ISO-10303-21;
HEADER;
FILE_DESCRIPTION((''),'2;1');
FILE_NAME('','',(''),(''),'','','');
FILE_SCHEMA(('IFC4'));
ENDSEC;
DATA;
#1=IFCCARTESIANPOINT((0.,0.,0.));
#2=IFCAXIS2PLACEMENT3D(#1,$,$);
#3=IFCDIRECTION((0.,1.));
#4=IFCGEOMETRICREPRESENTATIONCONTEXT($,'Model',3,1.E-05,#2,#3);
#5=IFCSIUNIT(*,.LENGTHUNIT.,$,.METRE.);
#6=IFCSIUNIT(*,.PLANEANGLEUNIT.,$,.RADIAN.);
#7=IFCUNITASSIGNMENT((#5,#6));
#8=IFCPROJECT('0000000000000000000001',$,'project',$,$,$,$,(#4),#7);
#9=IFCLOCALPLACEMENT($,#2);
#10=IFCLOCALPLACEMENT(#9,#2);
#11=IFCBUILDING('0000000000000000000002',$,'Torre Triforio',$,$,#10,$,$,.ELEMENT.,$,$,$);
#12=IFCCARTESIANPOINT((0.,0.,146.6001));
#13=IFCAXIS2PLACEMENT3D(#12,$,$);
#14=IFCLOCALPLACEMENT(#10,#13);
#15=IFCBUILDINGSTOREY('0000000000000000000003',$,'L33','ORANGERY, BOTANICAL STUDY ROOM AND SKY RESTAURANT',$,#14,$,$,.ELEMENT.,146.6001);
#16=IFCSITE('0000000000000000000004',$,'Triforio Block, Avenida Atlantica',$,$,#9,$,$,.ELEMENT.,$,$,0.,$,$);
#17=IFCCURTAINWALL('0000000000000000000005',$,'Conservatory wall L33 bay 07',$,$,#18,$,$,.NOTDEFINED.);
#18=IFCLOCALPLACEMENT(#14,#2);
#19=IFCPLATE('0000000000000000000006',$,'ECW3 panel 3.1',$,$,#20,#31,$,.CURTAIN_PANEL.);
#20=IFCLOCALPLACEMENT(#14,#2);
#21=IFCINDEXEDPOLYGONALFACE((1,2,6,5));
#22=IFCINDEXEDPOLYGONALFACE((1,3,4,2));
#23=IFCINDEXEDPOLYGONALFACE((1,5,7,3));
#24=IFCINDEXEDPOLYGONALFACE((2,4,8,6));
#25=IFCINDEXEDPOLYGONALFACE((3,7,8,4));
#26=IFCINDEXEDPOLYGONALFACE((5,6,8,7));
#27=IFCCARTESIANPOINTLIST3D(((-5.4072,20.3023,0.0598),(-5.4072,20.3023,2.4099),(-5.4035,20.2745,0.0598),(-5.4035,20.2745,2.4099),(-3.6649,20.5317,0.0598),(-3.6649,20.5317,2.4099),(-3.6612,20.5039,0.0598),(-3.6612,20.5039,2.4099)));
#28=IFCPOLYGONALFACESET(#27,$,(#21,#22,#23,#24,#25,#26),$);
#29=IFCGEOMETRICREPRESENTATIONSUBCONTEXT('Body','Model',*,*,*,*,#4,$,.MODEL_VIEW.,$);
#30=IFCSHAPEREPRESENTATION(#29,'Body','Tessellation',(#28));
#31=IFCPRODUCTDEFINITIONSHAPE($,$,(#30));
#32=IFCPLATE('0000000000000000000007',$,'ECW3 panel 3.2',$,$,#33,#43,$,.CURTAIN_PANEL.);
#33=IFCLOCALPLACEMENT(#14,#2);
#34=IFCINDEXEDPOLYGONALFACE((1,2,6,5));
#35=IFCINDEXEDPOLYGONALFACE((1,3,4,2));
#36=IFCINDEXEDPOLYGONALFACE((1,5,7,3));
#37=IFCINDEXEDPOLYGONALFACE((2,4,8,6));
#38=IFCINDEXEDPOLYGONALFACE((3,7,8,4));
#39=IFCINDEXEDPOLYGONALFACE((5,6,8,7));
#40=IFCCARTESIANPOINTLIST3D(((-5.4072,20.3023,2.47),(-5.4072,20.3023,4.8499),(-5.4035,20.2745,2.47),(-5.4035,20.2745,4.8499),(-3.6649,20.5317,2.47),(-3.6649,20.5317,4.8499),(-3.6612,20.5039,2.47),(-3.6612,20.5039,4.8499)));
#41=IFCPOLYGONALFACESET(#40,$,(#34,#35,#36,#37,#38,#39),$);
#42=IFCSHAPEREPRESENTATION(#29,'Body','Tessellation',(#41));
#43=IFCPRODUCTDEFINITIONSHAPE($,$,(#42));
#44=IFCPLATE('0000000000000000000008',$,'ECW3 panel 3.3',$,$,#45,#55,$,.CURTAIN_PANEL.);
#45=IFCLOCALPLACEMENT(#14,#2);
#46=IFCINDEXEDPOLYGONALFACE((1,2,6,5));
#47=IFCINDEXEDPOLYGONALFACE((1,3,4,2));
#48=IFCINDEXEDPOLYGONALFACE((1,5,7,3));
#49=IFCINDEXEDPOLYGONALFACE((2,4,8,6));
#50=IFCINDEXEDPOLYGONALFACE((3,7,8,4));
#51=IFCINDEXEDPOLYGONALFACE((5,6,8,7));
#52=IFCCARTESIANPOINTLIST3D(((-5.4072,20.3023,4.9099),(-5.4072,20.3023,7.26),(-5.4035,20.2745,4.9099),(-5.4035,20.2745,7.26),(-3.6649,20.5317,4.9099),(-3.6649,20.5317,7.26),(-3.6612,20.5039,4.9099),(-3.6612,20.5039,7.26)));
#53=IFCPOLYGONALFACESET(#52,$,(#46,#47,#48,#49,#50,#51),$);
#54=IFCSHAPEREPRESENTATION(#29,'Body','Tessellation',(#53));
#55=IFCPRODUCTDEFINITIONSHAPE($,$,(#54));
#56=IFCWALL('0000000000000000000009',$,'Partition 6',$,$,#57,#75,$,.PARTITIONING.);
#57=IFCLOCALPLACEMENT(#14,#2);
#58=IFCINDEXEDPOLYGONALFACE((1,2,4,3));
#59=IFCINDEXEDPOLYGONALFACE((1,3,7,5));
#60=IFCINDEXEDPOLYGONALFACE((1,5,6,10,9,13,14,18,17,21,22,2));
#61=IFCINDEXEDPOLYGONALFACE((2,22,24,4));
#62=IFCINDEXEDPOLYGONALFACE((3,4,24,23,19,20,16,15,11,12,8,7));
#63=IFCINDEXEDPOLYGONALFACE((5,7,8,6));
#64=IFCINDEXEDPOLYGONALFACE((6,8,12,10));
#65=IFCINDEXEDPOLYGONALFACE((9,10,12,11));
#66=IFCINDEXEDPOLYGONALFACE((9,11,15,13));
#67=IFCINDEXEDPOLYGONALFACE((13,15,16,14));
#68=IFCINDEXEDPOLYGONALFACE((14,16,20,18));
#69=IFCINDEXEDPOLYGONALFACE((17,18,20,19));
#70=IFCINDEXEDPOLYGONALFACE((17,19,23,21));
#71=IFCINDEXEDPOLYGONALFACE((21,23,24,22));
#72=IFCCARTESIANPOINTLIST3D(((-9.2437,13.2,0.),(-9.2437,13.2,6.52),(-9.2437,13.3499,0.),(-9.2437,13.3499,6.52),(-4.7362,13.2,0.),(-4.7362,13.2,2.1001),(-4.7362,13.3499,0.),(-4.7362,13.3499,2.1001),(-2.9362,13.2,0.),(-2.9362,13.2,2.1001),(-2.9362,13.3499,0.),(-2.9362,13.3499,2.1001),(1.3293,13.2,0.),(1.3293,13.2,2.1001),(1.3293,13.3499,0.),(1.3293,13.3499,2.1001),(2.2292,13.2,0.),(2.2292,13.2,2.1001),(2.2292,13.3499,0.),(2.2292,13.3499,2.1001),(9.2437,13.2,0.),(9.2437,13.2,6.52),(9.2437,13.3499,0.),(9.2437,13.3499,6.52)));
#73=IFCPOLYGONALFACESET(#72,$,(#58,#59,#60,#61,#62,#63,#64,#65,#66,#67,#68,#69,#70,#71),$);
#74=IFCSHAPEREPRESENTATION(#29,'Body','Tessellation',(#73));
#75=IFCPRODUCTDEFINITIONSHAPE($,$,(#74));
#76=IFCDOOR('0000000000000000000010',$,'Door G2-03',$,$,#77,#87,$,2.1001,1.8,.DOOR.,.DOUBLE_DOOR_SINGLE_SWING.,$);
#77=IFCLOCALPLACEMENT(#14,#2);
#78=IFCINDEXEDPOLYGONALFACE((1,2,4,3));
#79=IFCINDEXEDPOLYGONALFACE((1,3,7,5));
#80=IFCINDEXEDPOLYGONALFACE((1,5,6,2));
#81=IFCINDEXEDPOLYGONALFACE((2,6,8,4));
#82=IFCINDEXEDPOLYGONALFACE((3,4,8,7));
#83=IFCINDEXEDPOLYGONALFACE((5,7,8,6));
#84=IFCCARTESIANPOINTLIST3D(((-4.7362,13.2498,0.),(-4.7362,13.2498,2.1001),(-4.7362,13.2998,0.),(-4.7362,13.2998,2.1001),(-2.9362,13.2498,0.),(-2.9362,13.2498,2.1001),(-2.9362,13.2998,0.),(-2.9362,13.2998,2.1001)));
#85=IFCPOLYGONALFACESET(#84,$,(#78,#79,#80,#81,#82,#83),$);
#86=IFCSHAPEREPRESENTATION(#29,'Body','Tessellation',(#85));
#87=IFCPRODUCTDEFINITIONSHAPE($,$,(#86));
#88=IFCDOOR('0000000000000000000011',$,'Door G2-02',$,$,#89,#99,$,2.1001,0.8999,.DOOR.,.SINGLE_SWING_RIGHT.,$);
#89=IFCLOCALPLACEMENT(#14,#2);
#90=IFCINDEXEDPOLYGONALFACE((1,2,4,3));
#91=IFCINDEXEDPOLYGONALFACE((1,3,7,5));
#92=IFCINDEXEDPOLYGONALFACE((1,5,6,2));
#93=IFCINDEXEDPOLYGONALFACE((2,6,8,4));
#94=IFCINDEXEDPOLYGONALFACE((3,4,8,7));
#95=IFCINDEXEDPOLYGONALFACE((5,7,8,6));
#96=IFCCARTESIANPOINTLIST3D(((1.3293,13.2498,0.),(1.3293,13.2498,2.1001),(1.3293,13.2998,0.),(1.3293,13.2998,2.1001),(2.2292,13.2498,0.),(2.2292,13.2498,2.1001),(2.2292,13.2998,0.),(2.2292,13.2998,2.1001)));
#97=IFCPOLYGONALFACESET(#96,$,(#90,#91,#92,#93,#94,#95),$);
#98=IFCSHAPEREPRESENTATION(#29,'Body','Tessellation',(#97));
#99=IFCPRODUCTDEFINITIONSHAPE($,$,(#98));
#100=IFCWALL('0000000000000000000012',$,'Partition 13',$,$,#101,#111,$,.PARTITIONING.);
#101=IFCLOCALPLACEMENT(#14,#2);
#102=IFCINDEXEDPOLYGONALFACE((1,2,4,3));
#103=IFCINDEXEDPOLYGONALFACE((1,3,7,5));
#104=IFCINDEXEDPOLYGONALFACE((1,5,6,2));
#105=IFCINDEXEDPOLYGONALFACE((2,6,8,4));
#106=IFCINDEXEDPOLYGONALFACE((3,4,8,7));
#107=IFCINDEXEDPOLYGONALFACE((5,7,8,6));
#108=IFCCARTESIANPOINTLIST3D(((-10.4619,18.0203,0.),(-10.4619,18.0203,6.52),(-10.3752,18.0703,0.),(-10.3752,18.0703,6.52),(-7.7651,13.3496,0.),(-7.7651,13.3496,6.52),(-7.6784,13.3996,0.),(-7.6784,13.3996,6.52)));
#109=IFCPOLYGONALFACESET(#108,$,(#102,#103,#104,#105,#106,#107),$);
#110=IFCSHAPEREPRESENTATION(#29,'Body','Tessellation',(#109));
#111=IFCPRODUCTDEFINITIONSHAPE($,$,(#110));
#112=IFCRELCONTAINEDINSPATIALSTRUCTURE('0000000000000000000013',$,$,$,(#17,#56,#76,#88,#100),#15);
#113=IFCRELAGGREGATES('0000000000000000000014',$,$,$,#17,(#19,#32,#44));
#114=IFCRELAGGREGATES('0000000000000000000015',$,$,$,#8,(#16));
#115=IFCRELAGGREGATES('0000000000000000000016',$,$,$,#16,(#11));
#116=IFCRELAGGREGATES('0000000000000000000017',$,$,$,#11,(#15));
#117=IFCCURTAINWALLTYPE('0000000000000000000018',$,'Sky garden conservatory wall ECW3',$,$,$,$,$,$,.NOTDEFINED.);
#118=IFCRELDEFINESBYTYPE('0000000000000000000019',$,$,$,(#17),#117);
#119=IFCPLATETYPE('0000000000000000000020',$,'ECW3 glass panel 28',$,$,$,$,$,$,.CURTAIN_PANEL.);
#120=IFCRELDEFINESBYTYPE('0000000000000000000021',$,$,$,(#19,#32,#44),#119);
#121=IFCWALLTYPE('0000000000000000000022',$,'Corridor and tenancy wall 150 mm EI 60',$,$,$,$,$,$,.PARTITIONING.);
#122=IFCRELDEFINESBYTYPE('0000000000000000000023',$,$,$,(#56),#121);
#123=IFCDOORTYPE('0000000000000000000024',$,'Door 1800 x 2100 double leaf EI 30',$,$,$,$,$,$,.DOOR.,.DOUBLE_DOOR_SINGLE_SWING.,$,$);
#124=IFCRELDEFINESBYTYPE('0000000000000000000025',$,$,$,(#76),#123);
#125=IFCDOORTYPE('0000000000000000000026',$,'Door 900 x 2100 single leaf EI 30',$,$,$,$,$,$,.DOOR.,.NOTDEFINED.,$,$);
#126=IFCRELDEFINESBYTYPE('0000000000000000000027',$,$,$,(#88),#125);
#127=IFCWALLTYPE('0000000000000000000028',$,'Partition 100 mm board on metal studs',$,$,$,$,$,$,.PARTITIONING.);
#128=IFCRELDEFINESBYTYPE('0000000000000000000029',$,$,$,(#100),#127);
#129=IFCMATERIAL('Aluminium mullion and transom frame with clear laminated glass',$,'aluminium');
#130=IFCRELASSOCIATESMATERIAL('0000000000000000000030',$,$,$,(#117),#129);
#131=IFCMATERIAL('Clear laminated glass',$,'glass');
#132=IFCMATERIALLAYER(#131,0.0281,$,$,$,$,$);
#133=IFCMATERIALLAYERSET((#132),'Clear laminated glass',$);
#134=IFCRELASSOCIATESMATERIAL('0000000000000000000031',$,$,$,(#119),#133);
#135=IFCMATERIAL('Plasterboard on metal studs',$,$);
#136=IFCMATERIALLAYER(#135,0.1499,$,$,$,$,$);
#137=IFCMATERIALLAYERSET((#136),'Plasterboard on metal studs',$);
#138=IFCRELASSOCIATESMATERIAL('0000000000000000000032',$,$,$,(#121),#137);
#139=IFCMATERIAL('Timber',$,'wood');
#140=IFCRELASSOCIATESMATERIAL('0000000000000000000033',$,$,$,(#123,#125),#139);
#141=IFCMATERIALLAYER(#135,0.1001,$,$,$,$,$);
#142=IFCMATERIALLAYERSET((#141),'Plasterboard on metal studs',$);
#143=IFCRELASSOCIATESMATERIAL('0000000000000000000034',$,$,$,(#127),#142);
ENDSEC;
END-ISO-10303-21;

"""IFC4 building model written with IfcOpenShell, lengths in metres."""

from ifc_helpers import new_model, si_unit, direction, frame, frame_2d, origin, origin_2d, place, context, subcontext, project, spatial, rectangle, extrude, material, layer, layer_set, type_object, element, fill, aggregate, save


model = new_model("IFC4")

# Units and contexts
model_context = context("Model", 3, precision=1e-05, world=origin(), true_north=direction((0.0, 1.0)))
body_context = subcontext(model_context, "Body", "Model", "MODEL_VIEW")
ifc_project = project(units=[si_unit("LENGTHUNIT", "METRE"), si_unit("PLANEANGLEUNIT", "RADIAN")], contexts=[model_context])

# Site, building, storey
site_placement = place(None, origin())
site = spatial("IfcSite", under=ifc_project, at=site_placement, Name="Triforio Block, Avenida Atlantica", CompositionType="ELEMENT", RefElevation=0.0)
building_placement = place(site_placement, origin())
building = spatial("IfcBuilding", under=site, at=building_placement, Name="Torre Triforio", CompositionType="ELEMENT")
storey_placement = place(building_placement, frame((0.0, 0.0, 146.6001)))
storey = spatial("IfcBuildingStorey", under=building, at=storey_placement, Name="L33", Description="ORANGERY, BOTANICAL STUDY ROOM AND SKY RESTAURANT", CompositionType="ELEMENT", Elevation=146.6001)

# Curtain wall
ifc_material_1 = material(Name="Aluminium mullion and transom frame with clear laminated glass", Category="aluminium")
curtain_wall_type = type_object("IfcCurtainWallType", Name="Sky garden conservatory wall ECW3", PredefinedType="NOTDEFINED", material=ifc_material_1)
curtain_wall_1_placement = place(storey_placement, origin())
curtain_wall_1 = element("IfcCurtainWall", 1, at=curtain_wall_1_placement, inside=storey, type_object=curtain_wall_type, Name="Conservatory wall L33 bay 07", PredefinedType="NOTDEFINED")

# Plates
ifc_material_2 = material(Name="Clear laminated glass", Category="glass")
ifc_layer_1 = layer(ifc_material_2, 0.0281)
ifc_layer_set_1 = layer_set([ifc_layer_1], Name="Clear laminated glass")
plate_type = type_object("IfcPlateType", Name="ECW3 glass panel 28", PredefinedType="CURTAIN_PANEL", material=ifc_layer_set_1)
plate_1_placement = place(storey_placement, frame((-4.5342, 20.4031, 0.0598), z_axis=(0.0, 0.0, 1.0), x_axis=(-0.991444, -0.13053, 0.0)))
plate_1 = element("IfcPlate", 2, at=plate_1_placement, type_object=plate_type, Name="ECW3 panel 3.1", PredefinedType="CURTAIN_PANEL", context=body_context, shape_type="SweptSolid", body=[
    extrude(rectangle(XDim=1.7573, YDim=0.0281, at=origin_2d()), origin(), (0.0, 0.0, 1.0), 2.3501),
])
plate_2_placement = place(storey_placement, frame((-4.5342, 20.4031, 2.47), z_axis=(0.0, 0.0, 1.0), x_axis=(-0.991444, -0.13053, 0.0)))
plate_2 = element("IfcPlate", 3, at=plate_2_placement, type_object=plate_type, Name="ECW3 panel 3.2", PredefinedType="CURTAIN_PANEL", context=body_context, shape_type="SweptSolid", body=[
    extrude(rectangle(XDim=1.7573, YDim=0.0281, at=origin_2d()), origin(), (0.0, 0.0, 1.0), 2.3799),
])
plate_3_placement = place(storey_placement, frame((-4.5342, 20.4031, 4.9099), z_axis=(0.0, 0.0, 1.0), x_axis=(-0.991444, -0.13053, 0.0)))
plate_3 = element("IfcPlate", 4, at=plate_3_placement, type_object=plate_type, Name="ECW3 panel 3.3", PredefinedType="CURTAIN_PANEL", context=body_context, shape_type="SweptSolid", body=[
    extrude(rectangle(XDim=1.7573, YDim=0.0281, at=origin_2d()), origin(), (0.0, 0.0, 1.0), 2.3501),
])
aggregate(curtain_wall_1, [plate_1, plate_2, plate_3])

# Wall, openings, doors
ifc_material_3 = material(Name="Plasterboard on metal studs")
ifc_layer_2 = layer(ifc_material_3, 0.1499)
ifc_layer_set_2 = layer_set([ifc_layer_2], Name="Plasterboard on metal studs")
wall_type_1 = type_object("IfcWallType", Name="Corridor and tenancy wall 150 mm EI 60", PredefinedType="PARTITIONING", material=ifc_layer_set_2)
wall_1_placement = place(storey_placement, frame((-9.2437, 13.2749, 0.0), z_axis=(0.0, 0.0, 1.0), x_axis=(1.0, 0.0, 0.0)))
wall_1 = element("IfcWall", 5, at=wall_1_placement, inside=storey, type_object=wall_type_1, Name="Partition 6", PredefinedType="PARTITIONING", context=body_context, shape_type="SweptSolid", body=[
    extrude(rectangle(XDim=18.4873, YDim=0.1499, at=frame_2d((9.2437, 0.0))), origin(), (0.0, 0.0, 1.0), 6.52),
])
opening_1_placement = place(wall_1_placement, frame((10.573, 0.0, 0.0)))
opening_1 = element("IfcOpeningElement", 6, at=opening_1_placement, cuts=wall_1, PredefinedType="OPENING", context=body_context, shape_type="SweptSolid", body=[
    extrude(rectangle(XDim=0.8999, YDim=2.1001, at=frame_2d((0.45, 1.05))), frame((0.0, 0.085, 0.0), z_axis=(0.0, -1.0, 0.0), x_axis=(1.0, 0.0, 0.0)), (0.0, 0.0, 1.0), 0.1699),
])
opening_2_placement = place(wall_1_placement, frame((4.5076, 0.0, 0.0)))
opening_2 = element("IfcOpeningElement", 7, at=opening_2_placement, cuts=wall_1, PredefinedType="OPENING", context=body_context, shape_type="SweptSolid", body=[
    extrude(rectangle(XDim=1.8, YDim=2.1001, at=frame_2d((0.8999, 1.05))), frame((0.0, 0.085, 0.0), z_axis=(0.0, -1.0, 0.0), x_axis=(1.0, 0.0, 0.0)), (0.0, 0.0, 1.0), 0.1699),
])
ifc_material_4 = material(Name="Timber", Category="wood")
door_type_1 = type_object("IfcDoorType", Name="Door 1800 x 2100 double leaf EI 30", OperationType="DOUBLE_DOOR_SINGLE_SWING", PredefinedType="DOOR", material=ifc_material_4)
door_1_placement = place(opening_2_placement, origin())
door_1 = element("IfcDoor", 8, at=door_1_placement, inside=storey, type_object=door_type_1, Name="Door G2-03", OperationType="DOUBLE_DOOR_SINGLE_SWING", OverallHeight=2.1001, OverallWidth=1.8, PredefinedType="DOOR", context=body_context, shape_type="SweptSolid", body=[
    extrude(rectangle(XDim=1.8, YDim=2.1001, at=frame_2d((0.8999, 1.05))), frame((0.0, 0.0249, 0.0), z_axis=(0.0, -1.0, 0.0), x_axis=(1.0, 0.0, 0.0)), (0.0, 0.0, 1.0), 0.05),
])
fill(opening_2, door_1)
door_type_2 = type_object("IfcDoorType", Name="Door 900 x 2100 single leaf EI 30", OperationType="NOTDEFINED", PredefinedType="DOOR", material=ifc_material_4)
door_2_placement = place(opening_1_placement, origin())
door_2 = element("IfcDoor", 9, at=door_2_placement, inside=storey, type_object=door_type_2, Name="Door G2-02", OperationType="SINGLE_SWING_RIGHT", OverallHeight=2.1001, OverallWidth=0.8999, PredefinedType="DOOR", context=body_context, shape_type="SweptSolid", body=[
    extrude(rectangle(XDim=0.8999, YDim=2.1001, at=frame_2d((0.45, 1.05))), frame((0.0, 0.0249, 0.0), z_axis=(0.0, -1.0, 0.0), x_axis=(1.0, 0.0, 0.0)), (0.0, 0.0, 1.0), 0.05),
])
fill(opening_1, door_2)

# Wall
ifc_layer_3 = layer(ifc_material_3, 0.1001)
ifc_layer_set_3 = layer_set([ifc_layer_3], Name="Plasterboard on metal studs")
wall_type_2 = type_object("IfcWallType", Name="Partition 100 mm board on metal studs", PredefinedType="PARTITIONING", material=ifc_layer_set_3)
wall_2_placement = place(storey_placement, frame((-7.7217, 13.3745, 0.0), z_axis=(0.0, 0.0, 1.0), x_axis=(-0.500024, 0.866011, 0.0)))
element("IfcWall", 10, at=wall_2_placement, inside=storey, type_object=wall_type_2, Name="Partition 13", PredefinedType="PARTITIONING", context=body_context, shape_type="SweptSolid", body=[
    extrude(rectangle(XDim=5.3933, YDim=0.1001, at=frame_2d((2.6968, 0.0))), origin(), (0.0, 0.0, 1.0), 6.52),
])

save(model, "model.ifc")
